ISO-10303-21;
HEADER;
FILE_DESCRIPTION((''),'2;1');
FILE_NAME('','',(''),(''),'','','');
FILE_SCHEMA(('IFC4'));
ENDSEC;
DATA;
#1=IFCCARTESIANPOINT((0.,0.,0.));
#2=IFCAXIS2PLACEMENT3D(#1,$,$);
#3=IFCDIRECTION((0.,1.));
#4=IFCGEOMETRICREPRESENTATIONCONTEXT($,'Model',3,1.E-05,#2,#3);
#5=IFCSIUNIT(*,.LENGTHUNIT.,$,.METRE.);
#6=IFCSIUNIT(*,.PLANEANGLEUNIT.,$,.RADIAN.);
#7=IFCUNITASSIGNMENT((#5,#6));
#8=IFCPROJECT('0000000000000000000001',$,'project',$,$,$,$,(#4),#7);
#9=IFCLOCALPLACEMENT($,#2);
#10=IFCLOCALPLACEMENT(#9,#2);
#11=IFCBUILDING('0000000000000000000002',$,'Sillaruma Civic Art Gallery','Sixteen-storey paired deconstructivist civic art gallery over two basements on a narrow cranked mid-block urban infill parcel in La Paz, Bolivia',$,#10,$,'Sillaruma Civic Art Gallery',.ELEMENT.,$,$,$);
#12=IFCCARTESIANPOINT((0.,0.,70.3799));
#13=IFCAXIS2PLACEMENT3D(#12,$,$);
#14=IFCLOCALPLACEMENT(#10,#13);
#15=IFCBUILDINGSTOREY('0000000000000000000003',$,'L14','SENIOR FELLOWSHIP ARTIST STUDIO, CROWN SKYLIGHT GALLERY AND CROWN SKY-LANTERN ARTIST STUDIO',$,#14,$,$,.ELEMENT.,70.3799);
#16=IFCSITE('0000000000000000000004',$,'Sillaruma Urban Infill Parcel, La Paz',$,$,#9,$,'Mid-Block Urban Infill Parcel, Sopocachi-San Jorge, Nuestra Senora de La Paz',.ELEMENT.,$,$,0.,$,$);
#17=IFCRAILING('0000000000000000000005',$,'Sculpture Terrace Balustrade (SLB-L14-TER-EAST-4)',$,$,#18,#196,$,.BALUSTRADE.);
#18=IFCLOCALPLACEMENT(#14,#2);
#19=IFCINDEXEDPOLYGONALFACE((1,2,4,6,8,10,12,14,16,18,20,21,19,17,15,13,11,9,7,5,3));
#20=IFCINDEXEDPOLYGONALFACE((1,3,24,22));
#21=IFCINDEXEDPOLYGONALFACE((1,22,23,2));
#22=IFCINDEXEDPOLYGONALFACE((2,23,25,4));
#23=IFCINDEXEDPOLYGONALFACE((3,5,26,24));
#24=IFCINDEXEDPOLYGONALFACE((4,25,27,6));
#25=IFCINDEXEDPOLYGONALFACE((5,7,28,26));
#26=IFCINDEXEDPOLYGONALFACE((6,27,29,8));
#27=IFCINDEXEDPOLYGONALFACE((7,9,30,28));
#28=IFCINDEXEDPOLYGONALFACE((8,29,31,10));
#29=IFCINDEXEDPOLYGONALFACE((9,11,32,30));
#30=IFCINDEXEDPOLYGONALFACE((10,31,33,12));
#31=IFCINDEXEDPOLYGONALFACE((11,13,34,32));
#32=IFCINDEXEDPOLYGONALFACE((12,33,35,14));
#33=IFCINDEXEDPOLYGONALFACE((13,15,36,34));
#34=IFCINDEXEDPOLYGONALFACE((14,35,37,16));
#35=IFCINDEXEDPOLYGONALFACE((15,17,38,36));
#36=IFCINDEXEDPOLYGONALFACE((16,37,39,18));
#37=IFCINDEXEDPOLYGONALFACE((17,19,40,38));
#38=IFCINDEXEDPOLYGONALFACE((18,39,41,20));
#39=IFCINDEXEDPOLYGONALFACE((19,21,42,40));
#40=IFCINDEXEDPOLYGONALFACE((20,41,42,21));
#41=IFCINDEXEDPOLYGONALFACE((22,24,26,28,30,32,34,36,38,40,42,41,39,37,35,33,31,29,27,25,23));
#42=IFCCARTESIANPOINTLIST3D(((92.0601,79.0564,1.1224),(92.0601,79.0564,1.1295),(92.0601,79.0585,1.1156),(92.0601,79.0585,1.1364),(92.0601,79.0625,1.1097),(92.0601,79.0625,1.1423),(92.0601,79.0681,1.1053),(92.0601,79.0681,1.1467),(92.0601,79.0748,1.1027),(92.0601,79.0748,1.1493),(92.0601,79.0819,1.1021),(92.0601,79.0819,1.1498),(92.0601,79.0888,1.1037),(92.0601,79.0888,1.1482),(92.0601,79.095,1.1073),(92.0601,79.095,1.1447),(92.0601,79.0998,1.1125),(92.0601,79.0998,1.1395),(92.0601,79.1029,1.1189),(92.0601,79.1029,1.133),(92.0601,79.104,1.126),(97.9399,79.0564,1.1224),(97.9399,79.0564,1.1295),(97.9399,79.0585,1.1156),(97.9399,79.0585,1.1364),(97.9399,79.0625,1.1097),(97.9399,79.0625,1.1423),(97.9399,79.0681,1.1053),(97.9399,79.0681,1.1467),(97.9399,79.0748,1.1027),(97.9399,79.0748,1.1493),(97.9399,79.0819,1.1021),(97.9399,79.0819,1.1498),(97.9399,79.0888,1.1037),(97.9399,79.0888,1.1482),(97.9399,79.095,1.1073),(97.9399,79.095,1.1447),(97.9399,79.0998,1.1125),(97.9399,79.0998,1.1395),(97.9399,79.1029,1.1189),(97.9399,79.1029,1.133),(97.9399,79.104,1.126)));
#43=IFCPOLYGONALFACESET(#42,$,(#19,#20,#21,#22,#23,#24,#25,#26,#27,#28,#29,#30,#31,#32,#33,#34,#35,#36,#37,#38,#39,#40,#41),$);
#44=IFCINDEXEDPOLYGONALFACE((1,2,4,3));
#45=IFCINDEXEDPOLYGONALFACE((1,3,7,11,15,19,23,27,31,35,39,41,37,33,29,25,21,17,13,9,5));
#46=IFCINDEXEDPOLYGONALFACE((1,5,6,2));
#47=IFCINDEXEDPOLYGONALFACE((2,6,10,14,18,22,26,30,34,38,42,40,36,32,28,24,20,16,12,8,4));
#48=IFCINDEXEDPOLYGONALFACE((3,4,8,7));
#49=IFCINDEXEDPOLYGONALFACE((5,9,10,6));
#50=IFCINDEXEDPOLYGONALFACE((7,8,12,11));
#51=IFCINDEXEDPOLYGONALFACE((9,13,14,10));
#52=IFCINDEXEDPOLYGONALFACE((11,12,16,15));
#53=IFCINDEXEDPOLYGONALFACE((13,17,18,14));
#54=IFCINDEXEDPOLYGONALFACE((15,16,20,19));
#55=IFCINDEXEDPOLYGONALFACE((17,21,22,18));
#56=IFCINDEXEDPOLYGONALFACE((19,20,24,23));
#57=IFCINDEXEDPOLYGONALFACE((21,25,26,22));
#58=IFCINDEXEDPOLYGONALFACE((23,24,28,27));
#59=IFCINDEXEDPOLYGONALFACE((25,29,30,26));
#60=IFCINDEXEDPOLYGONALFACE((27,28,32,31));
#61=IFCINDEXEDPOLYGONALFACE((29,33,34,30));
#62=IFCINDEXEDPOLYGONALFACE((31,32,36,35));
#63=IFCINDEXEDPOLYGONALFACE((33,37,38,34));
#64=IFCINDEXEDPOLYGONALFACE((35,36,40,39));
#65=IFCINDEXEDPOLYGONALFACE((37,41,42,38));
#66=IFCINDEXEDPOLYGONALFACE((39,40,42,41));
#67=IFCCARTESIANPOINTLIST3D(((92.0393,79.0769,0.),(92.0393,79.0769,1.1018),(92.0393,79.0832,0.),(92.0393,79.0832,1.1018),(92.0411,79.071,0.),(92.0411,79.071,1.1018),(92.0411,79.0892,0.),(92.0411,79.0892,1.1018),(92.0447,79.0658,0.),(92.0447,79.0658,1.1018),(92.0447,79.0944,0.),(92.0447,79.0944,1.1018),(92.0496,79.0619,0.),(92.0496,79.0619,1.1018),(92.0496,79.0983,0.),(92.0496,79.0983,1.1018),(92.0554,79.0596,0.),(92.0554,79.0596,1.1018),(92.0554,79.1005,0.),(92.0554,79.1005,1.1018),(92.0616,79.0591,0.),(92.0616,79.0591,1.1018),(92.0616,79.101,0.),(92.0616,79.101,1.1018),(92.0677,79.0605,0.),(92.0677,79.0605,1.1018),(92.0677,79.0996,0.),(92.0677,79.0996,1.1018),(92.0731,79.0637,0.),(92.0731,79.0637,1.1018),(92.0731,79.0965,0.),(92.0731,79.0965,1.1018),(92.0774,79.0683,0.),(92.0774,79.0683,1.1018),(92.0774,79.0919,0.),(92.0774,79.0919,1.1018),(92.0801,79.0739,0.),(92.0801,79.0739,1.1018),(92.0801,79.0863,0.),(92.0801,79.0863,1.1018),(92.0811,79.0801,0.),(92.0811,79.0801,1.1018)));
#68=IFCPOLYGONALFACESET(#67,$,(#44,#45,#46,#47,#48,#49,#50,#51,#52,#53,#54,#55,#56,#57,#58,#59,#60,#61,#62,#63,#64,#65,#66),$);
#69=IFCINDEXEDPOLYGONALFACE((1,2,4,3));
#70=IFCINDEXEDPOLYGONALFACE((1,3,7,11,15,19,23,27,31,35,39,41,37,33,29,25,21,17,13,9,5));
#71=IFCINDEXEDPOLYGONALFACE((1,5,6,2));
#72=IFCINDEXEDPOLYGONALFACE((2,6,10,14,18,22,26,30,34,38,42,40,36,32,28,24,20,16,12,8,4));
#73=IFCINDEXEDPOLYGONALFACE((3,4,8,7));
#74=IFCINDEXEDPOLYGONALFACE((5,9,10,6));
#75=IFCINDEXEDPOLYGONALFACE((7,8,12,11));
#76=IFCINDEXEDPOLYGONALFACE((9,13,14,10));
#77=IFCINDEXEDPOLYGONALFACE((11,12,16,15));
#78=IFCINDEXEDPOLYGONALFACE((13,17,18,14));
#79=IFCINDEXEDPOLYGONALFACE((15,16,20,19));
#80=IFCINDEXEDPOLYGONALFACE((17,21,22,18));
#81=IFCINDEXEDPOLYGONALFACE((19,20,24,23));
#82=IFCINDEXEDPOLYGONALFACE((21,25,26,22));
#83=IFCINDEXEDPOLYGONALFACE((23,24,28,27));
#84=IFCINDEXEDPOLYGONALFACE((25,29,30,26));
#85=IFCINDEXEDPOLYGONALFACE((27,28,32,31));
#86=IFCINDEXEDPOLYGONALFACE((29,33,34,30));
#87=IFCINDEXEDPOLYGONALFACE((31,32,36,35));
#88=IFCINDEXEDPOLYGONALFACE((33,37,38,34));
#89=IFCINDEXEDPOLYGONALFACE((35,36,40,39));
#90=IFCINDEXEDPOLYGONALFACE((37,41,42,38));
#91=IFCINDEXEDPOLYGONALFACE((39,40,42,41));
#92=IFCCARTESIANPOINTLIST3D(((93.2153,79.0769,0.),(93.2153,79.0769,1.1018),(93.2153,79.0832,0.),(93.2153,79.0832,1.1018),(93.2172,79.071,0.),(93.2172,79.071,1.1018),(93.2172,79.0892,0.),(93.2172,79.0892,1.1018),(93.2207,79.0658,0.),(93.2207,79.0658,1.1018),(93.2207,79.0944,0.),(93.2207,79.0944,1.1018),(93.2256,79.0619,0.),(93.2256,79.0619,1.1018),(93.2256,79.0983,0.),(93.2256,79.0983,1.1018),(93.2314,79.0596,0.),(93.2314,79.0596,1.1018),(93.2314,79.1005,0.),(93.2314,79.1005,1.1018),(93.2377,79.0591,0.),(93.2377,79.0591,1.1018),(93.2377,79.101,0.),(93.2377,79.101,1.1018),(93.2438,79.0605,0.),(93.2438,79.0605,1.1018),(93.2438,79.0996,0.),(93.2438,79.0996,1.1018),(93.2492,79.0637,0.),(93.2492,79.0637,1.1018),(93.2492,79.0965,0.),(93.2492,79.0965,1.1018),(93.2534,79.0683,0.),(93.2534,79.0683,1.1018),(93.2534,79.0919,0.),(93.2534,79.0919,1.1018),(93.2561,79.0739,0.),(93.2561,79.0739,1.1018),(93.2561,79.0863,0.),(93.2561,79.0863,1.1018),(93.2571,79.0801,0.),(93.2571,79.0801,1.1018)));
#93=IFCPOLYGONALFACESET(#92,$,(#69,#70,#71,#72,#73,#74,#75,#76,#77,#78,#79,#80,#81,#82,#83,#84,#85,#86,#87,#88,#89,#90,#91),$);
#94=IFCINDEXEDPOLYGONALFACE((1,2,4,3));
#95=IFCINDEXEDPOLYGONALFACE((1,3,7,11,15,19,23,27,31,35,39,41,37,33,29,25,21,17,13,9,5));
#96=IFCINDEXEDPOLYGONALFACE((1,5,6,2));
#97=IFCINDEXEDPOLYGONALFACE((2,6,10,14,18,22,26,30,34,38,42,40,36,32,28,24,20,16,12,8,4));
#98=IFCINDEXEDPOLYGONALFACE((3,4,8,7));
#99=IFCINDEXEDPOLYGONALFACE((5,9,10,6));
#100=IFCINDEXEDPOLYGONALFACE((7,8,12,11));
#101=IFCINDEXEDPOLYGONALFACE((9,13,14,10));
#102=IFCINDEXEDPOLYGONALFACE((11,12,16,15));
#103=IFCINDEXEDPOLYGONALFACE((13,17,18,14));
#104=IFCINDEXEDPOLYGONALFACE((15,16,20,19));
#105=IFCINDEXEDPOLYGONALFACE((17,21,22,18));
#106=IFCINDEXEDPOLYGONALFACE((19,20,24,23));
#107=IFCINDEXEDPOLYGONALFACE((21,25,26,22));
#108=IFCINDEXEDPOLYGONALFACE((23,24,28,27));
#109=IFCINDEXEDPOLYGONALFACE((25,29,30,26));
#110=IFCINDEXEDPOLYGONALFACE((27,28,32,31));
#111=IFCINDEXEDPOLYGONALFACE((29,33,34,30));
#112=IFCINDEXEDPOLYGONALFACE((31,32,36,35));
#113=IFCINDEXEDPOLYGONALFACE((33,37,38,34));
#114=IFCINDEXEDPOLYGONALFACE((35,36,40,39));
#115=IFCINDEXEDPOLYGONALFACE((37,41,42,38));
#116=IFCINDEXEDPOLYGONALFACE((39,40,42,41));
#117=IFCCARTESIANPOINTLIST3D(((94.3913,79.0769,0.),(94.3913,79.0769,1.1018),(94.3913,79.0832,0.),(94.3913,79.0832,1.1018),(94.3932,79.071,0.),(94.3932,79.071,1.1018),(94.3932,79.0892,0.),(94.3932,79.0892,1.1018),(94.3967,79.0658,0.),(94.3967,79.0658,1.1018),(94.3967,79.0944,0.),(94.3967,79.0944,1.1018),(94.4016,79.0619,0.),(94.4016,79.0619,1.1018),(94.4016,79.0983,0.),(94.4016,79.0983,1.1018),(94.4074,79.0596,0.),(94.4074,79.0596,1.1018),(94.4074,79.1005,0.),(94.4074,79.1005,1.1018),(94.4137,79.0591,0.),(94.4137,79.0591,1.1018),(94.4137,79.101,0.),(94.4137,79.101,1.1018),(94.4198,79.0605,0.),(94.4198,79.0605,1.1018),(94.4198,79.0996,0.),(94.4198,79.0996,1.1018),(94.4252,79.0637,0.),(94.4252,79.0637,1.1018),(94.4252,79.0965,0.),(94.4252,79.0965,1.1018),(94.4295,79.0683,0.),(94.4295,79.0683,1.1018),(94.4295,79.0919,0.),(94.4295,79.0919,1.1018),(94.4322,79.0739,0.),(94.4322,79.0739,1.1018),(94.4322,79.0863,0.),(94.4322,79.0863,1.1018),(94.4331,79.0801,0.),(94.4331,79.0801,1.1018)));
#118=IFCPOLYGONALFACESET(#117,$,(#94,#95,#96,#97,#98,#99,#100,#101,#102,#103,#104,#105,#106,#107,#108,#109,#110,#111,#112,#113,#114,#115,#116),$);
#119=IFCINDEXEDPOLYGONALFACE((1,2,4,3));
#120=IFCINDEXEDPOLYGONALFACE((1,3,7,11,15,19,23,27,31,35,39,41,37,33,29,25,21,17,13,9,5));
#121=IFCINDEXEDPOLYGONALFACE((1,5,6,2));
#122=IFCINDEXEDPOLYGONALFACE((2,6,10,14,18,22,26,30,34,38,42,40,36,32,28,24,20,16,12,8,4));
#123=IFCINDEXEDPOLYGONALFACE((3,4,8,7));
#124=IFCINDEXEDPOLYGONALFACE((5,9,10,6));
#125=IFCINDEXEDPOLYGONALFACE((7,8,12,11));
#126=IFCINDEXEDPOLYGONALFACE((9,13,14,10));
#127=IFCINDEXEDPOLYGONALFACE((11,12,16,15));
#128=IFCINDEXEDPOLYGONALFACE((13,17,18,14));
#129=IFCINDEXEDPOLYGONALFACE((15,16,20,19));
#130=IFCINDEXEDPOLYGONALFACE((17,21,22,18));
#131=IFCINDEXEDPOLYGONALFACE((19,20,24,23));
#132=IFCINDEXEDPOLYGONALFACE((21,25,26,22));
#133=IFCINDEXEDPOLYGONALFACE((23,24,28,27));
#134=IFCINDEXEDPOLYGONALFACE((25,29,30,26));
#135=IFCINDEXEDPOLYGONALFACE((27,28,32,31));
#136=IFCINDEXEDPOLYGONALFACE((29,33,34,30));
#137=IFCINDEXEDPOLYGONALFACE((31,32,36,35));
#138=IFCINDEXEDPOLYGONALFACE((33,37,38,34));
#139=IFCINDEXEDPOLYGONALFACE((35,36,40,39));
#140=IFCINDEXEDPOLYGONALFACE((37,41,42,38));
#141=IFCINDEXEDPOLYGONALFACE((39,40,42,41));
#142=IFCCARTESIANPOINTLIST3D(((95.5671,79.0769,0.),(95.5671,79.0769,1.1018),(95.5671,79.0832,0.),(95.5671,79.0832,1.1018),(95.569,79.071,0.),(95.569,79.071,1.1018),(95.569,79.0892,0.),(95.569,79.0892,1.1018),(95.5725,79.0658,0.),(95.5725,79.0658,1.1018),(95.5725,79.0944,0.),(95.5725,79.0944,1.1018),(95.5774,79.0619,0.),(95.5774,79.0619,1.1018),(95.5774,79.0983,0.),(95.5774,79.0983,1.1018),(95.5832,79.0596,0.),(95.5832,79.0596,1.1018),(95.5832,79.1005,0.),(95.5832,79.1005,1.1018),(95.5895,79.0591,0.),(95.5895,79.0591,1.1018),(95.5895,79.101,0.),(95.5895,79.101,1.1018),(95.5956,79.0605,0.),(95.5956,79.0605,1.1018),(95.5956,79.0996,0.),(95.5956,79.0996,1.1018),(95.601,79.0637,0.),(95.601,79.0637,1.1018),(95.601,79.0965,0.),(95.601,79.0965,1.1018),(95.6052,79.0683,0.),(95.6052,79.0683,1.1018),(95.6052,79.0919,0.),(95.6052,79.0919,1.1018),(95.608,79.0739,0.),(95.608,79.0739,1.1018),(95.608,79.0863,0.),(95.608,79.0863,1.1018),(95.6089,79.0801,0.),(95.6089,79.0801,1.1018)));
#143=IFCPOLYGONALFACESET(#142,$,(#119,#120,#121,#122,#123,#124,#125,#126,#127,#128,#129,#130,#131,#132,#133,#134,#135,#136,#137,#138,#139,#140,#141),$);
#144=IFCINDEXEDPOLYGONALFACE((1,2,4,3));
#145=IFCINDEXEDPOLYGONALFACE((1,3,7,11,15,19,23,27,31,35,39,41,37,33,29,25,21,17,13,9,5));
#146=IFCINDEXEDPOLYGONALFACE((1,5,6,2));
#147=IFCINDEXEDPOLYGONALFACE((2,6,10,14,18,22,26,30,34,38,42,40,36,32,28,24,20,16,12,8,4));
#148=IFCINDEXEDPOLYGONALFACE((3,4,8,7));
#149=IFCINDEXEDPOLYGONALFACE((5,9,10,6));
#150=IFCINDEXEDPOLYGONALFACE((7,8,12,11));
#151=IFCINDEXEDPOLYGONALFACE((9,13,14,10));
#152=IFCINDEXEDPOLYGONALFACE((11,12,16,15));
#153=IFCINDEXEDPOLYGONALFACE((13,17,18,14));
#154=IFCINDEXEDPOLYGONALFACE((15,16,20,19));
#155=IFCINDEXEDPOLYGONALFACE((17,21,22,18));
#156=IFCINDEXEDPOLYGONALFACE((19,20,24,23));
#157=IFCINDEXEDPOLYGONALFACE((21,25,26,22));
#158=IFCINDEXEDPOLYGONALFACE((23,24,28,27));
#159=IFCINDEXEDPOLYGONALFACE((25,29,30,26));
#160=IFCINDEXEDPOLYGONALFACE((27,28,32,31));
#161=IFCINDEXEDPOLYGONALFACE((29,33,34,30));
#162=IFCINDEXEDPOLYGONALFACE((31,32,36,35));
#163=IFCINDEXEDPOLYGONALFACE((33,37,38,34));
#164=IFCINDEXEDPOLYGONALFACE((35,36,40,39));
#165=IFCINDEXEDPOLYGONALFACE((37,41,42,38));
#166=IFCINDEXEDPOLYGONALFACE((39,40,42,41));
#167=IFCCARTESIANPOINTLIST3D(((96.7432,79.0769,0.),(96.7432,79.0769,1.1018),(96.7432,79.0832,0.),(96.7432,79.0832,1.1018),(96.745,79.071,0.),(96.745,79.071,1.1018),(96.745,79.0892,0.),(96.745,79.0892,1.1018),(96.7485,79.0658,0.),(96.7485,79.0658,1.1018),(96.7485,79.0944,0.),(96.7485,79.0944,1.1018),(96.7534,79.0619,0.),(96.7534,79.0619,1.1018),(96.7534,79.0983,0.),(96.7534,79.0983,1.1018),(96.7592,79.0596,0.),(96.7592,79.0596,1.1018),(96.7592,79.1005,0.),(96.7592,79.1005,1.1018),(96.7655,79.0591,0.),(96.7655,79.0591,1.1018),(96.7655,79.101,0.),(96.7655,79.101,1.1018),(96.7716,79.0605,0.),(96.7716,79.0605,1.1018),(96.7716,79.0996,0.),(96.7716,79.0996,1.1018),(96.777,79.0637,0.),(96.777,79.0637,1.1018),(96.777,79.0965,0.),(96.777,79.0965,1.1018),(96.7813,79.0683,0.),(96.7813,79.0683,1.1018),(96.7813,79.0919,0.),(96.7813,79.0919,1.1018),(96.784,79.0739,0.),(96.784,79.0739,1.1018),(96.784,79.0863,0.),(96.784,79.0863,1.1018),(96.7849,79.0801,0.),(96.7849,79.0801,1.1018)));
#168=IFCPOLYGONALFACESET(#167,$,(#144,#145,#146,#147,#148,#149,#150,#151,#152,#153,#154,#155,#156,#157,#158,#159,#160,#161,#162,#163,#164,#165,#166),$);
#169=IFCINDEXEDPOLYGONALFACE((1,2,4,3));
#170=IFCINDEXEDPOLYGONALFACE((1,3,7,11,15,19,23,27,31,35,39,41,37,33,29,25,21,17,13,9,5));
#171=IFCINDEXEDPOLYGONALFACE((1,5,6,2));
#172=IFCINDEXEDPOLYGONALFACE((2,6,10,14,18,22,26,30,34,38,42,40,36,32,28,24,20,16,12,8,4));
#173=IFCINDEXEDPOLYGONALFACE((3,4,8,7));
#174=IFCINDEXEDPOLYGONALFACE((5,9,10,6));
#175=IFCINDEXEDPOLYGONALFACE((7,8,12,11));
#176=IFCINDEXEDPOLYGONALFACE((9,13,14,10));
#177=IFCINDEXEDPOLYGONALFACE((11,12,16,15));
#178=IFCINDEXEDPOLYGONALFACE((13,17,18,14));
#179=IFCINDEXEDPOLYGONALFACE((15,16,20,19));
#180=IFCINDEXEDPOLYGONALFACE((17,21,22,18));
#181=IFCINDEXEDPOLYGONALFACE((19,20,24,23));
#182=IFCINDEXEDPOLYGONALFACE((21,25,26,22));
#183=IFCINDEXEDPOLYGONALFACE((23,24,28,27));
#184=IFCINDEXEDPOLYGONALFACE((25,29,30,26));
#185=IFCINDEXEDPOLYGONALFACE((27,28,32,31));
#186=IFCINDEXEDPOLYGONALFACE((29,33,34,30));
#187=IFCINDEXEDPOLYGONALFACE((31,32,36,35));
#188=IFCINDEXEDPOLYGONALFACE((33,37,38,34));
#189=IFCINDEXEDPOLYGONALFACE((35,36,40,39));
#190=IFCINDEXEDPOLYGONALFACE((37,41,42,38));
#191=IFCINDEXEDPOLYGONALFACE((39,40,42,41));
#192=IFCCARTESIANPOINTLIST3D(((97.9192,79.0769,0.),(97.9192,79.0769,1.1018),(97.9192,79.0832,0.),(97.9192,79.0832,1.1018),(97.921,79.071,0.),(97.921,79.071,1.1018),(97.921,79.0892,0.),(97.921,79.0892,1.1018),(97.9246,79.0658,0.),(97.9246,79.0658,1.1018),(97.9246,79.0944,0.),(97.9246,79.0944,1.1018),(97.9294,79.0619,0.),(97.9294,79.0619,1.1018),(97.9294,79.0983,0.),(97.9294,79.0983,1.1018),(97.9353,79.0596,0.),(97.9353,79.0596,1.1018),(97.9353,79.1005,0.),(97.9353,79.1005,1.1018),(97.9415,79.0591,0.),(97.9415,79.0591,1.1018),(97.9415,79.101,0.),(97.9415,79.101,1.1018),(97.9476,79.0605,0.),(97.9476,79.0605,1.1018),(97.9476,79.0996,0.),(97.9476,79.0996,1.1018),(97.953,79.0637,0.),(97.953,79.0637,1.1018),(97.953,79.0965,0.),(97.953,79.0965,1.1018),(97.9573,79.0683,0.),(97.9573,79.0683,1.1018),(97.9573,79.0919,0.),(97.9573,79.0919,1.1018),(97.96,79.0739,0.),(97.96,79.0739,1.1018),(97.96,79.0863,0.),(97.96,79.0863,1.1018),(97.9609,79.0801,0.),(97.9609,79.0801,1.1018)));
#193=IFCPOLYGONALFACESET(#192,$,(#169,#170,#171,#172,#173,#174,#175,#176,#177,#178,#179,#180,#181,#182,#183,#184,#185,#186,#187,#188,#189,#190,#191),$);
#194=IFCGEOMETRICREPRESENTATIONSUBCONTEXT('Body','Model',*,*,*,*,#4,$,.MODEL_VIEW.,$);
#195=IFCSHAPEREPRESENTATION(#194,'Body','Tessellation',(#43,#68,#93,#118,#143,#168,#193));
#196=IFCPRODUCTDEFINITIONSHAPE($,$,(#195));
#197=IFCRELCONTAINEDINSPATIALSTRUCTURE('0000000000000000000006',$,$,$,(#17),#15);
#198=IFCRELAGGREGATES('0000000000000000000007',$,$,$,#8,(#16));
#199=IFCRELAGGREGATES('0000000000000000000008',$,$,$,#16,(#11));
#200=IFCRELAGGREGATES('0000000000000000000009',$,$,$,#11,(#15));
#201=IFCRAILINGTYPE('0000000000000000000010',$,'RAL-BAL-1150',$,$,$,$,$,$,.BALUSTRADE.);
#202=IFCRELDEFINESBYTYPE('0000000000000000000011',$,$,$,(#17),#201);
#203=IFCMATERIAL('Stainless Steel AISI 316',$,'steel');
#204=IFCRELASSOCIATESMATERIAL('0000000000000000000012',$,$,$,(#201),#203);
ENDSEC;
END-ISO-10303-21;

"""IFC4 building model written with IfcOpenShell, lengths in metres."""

from ifc_helpers import new_model, si_unit, direction, frame, origin, origin_2d, place, context, subcontext, project, spatial, circle, extrude, material, type_object, element, save


model = new_model("IFC4")

# Units and contexts
model_context = context("Model", 3, precision=1e-05, world=origin(), true_north=direction((0.0, 1.0)))
body_context = subcontext(model_context, "Body", "Model", "MODEL_VIEW")
ifc_project = project(units=[si_unit("LENGTHUNIT", "METRE"), si_unit("PLANEANGLEUNIT", "RADIAN")], contexts=[model_context])

# Site, building, storey
site_placement = place(None, origin())
site = spatial("IfcSite", under=ifc_project, at=site_placement, Name="Sillaruma Urban Infill Parcel, La Paz", LongName="Mid-Block Urban Infill Parcel, Sopocachi-San Jorge, Nuestra Senora de La Paz", CompositionType="ELEMENT", RefElevation=0.0)
building_placement = place(site_placement, origin())
building = spatial("IfcBuilding", under=site, at=building_placement, Name="Sillaruma Civic Art Gallery", Description="Sixteen-storey paired deconstructivist civic art gallery over two basements on a narrow cranked mid-block urban infill parcel in La Paz, Bolivia", LongName="Sillaruma Civic Art Gallery", CompositionType="ELEMENT")
storey_placement = place(building_placement, frame((0.0, 0.0, 70.3799)))
storey = spatial("IfcBuildingStorey", under=building, at=storey_placement, Name="L14", Description="SENIOR FELLOWSHIP ARTIST STUDIO, CROWN SKYLIGHT GALLERY AND CROWN SKY-LANTERN ARTIST STUDIO", CompositionType="ELEMENT", Elevation=70.3799)

# Railing
ifc_material_1 = material(Name="Stainless Steel AISI 316", Category="steel")
railing_type = type_object("IfcRailingType", Name="RAL-BAL-1150", PredefinedType="BALUSTRADE", material=ifc_material_1)
railing_1_placement = place(storey_placement, frame((92.0601, 79.0801, 0.0)))
element("IfcRailing", 1, at=railing_1_placement, inside=storey, type_object=railing_type, Name="Sculpture Terrace Balustrade (SLB-L14-TER-EAST-4)", PredefinedType="BALUSTRADE", context=body_context, shape_type="SweptSolid", body=[
    extrude(circle(Radius=0.0239, at=origin_2d()), frame((0.0, 0.0, 1.126), z_axis=(1.0, 0.0, 0.0), x_axis=(0.0, 1.0, 0.0)), (0.0, 0.0, 1.0), 5.8799),
    extrude(circle(Radius=0.021, at=origin_2d()), origin(), (0.0, 0.0, 1.0), 1.1018),
    extrude(circle(Radius=0.021, at=origin_2d()), frame((1.176, 0.0, 0.0)), (0.0, 0.0, 1.0), 1.1018),
    extrude(circle(Radius=0.021, at=origin_2d()), frame((2.3521, 0.0, 0.0)), (0.0, 0.0, 1.0), 1.1018),
    extrude(circle(Radius=0.021, at=origin_2d()), frame((3.5278, 0.0, 0.0)), (0.0, 0.0, 1.0), 1.1018),
    extrude(circle(Radius=0.021, at=origin_2d()), frame((4.7039, 0.0, 0.0)), (0.0, 0.0, 1.0), 1.1018),
    extrude(circle(Radius=0.021, at=origin_2d()), frame((5.8799, 0.0, 0.0)), (0.0, 0.0, 1.0), 1.1018),
])

save(model, "model.ifc")
